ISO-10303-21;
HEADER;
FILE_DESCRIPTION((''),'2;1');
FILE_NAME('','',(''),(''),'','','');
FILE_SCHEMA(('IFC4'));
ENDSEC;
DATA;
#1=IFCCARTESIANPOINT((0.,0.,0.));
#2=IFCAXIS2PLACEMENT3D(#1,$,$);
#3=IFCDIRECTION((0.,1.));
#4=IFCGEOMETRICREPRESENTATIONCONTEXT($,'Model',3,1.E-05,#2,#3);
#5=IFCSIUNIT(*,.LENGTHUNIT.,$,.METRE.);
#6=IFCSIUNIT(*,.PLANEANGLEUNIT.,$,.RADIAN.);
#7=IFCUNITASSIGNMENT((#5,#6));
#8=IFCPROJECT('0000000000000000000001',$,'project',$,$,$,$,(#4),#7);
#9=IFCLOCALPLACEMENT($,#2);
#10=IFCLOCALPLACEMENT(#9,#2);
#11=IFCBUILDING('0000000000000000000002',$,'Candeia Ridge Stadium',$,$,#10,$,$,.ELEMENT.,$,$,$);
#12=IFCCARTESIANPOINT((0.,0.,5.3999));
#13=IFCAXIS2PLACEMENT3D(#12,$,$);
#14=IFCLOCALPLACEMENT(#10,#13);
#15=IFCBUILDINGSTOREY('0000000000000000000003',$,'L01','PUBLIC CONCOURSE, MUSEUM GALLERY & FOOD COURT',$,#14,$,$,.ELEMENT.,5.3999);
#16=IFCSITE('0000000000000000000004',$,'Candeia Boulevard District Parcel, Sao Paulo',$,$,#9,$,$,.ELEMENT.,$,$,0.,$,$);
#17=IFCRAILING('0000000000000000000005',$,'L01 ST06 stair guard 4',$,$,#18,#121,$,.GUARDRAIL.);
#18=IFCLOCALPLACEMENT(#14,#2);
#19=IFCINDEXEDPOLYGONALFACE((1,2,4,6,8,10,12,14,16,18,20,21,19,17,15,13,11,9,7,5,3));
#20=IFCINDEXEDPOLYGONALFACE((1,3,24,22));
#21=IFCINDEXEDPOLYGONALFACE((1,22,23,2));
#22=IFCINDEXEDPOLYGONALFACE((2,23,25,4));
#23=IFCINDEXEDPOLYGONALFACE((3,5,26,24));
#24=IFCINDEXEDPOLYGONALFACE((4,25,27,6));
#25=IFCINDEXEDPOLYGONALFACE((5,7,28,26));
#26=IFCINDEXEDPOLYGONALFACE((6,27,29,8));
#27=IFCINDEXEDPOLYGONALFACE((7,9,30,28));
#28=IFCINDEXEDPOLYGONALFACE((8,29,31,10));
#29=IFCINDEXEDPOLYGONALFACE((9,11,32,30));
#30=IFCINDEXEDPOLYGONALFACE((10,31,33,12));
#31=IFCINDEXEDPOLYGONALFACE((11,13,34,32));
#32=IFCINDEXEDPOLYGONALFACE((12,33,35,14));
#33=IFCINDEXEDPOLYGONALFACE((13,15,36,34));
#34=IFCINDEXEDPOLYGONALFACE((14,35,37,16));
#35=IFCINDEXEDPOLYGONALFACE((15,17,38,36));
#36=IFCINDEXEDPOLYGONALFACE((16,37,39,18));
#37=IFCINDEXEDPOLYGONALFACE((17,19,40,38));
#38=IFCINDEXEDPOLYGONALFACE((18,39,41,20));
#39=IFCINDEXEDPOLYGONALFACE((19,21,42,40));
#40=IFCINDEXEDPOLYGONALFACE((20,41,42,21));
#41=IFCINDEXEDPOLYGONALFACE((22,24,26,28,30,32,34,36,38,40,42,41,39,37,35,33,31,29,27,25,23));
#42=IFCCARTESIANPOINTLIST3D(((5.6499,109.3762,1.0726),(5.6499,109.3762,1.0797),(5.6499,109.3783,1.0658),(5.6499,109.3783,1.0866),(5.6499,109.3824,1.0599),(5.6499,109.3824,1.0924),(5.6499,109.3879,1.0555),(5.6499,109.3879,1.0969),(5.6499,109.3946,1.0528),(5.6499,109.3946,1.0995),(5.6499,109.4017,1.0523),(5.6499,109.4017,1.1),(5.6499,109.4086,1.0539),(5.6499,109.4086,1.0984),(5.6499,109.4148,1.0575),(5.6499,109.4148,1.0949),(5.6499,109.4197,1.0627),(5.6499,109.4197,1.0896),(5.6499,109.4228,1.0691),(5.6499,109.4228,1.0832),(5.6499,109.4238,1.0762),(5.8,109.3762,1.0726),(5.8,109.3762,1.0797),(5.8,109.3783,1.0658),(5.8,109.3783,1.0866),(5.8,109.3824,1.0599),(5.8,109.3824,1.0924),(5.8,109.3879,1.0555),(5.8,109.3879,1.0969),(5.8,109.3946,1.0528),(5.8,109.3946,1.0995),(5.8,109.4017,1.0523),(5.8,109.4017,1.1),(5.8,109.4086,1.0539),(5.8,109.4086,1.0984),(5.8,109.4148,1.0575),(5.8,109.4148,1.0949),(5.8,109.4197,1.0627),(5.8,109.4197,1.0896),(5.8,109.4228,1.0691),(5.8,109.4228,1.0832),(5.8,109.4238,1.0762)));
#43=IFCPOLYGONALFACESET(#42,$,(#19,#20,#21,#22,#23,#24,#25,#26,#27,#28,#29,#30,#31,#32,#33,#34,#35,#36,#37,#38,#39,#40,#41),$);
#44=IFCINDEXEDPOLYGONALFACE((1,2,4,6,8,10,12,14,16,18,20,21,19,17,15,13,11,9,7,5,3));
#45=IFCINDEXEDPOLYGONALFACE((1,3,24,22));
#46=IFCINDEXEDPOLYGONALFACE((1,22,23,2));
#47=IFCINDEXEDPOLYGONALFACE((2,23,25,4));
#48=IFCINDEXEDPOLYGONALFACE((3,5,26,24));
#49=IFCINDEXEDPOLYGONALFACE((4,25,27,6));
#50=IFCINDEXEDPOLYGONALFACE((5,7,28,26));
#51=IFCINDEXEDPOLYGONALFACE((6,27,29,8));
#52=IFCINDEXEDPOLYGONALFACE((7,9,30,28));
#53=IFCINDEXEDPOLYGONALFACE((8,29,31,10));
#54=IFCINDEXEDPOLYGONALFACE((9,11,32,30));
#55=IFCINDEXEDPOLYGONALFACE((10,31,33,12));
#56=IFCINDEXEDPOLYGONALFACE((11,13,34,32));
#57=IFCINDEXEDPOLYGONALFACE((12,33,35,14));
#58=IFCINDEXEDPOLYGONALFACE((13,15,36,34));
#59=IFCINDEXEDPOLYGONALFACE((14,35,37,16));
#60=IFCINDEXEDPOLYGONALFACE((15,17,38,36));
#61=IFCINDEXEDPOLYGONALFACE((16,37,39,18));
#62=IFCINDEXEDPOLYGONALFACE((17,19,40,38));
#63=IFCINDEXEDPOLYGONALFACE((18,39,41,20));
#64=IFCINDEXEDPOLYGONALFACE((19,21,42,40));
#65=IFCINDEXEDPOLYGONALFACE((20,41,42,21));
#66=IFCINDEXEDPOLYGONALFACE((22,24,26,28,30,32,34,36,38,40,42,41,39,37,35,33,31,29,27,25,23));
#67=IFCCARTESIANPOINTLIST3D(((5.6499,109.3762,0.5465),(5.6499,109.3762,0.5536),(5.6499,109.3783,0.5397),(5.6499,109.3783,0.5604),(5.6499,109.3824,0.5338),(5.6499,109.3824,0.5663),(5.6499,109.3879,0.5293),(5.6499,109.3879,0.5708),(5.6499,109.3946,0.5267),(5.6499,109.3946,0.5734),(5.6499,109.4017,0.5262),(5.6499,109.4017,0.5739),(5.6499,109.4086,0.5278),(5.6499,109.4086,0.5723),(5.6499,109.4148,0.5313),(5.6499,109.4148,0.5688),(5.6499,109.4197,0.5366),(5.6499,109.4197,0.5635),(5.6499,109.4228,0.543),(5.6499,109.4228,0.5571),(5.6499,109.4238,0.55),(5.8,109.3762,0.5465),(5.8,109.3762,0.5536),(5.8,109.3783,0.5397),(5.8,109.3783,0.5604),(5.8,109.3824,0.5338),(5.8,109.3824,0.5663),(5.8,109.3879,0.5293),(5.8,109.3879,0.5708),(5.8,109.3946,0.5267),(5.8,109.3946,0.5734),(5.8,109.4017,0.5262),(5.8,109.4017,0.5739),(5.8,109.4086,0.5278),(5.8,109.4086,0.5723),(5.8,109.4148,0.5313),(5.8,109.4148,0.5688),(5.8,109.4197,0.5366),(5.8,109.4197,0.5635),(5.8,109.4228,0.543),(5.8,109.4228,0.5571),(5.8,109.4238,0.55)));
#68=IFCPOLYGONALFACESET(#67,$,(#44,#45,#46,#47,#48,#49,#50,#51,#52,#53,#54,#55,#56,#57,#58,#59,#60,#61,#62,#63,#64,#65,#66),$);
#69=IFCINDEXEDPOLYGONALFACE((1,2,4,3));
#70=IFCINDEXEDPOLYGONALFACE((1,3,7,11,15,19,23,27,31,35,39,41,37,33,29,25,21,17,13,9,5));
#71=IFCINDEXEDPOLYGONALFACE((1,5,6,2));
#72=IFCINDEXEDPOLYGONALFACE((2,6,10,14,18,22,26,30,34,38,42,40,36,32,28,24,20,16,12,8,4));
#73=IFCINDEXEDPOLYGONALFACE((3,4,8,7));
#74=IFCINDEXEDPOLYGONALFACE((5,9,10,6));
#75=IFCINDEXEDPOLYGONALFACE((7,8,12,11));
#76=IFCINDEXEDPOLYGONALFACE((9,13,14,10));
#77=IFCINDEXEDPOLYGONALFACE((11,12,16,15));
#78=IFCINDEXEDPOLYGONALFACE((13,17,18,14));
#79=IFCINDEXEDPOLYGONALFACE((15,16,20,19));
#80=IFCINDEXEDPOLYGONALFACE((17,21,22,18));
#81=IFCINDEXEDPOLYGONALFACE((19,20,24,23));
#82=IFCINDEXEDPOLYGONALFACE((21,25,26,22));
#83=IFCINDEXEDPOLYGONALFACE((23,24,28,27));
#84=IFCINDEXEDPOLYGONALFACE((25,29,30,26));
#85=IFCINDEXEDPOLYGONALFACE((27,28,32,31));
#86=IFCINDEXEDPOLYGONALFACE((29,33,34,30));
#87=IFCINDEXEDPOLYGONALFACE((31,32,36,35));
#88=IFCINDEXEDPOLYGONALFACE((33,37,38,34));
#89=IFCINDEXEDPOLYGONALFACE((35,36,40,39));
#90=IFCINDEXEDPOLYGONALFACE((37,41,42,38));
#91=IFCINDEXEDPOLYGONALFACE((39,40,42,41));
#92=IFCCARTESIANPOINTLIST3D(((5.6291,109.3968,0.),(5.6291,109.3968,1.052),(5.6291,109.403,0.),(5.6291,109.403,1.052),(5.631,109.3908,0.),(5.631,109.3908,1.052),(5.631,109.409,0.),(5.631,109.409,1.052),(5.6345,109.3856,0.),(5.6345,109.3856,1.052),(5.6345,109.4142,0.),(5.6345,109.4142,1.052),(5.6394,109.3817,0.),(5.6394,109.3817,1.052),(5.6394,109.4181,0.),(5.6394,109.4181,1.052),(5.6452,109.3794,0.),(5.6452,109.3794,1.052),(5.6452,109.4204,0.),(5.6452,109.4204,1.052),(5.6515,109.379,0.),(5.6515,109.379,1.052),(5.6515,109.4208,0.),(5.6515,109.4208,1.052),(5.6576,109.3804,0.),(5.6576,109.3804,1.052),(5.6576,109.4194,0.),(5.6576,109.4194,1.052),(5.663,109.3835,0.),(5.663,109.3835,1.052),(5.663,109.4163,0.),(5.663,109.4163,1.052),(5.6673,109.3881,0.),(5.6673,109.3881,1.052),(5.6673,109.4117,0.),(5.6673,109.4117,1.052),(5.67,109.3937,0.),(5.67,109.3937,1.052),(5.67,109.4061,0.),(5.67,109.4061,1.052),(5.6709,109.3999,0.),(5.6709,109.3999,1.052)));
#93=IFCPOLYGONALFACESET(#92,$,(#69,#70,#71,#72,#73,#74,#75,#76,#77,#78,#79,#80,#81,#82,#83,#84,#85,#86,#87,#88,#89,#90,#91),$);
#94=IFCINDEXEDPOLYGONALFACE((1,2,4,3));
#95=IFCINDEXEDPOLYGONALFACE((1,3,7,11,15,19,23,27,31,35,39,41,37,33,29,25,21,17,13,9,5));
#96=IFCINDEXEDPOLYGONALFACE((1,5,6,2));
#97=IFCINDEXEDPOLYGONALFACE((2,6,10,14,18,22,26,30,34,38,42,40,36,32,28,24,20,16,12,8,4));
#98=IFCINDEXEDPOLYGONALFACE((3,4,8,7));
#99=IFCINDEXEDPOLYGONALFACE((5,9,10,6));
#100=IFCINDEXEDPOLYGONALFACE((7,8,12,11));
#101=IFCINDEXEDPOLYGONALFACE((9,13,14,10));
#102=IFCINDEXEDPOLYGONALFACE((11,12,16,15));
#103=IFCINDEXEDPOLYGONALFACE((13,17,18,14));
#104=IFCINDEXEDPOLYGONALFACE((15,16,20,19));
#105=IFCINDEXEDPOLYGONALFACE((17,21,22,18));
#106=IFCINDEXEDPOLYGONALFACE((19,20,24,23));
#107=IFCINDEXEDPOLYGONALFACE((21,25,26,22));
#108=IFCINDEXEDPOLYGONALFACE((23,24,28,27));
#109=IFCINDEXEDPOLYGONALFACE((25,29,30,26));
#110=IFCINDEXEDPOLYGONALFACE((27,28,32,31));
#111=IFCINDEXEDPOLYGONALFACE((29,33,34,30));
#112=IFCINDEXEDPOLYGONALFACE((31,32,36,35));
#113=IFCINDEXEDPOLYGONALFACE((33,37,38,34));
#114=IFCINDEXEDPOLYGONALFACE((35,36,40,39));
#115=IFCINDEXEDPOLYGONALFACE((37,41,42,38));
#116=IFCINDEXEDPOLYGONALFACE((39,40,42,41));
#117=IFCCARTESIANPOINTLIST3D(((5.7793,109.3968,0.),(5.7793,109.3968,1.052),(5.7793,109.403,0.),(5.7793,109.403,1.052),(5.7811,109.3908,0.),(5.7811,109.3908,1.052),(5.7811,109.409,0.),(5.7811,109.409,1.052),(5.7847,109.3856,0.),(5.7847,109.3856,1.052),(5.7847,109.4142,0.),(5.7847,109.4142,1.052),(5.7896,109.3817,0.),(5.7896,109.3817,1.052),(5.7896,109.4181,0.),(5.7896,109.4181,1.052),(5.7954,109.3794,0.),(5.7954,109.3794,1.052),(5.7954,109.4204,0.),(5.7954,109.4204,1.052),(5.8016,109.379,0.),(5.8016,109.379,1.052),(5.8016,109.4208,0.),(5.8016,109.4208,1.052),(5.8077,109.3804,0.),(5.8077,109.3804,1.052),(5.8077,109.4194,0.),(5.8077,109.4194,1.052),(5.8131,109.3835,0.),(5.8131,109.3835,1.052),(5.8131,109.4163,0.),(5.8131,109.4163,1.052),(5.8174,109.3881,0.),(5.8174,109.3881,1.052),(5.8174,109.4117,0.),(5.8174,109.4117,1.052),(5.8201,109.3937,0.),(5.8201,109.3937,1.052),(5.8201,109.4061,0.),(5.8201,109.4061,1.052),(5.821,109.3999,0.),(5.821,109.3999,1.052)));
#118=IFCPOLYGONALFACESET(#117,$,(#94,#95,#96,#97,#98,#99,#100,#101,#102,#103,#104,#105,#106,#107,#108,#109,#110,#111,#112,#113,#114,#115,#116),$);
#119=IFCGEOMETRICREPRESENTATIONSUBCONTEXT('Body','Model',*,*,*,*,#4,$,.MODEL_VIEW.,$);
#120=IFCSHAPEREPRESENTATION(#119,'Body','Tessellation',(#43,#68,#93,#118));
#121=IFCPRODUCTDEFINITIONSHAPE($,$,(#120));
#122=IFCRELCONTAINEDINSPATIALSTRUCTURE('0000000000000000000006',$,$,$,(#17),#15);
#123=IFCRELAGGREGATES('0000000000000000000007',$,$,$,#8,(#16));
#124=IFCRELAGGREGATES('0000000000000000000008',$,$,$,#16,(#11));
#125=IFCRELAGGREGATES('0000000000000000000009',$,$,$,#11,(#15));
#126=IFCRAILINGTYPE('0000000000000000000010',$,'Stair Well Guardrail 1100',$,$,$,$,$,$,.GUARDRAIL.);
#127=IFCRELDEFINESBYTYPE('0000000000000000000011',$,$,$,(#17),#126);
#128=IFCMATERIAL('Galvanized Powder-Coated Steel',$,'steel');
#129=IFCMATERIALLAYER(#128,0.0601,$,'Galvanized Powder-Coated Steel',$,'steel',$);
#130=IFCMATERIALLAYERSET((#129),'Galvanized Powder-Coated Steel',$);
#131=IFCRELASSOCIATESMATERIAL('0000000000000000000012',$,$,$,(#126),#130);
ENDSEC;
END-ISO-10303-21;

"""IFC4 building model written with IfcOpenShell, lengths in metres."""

from ifc_helpers import new_model, si_unit, direction, frame, origin, origin_2d, place, context, subcontext, project, spatial, circle, extrude, material, layer, layer_set, type_object, element, save


model = new_model("IFC4")

# Units and contexts
model_context = context("Model", 3, precision=1e-05, world=origin(), true_north=direction((0.0, 1.0)))
body_context = subcontext(model_context, "Body", "Model", "MODEL_VIEW")
ifc_project = project(units=[si_unit("LENGTHUNIT", "METRE"), si_unit("PLANEANGLEUNIT", "RADIAN")], contexts=[model_context])

# Site, building, storey
site_placement = place(None, origin())
site = spatial("IfcSite", under=ifc_project, at=site_placement, Name="Candeia Boulevard District Parcel, Sao Paulo", CompositionType="ELEMENT", RefElevation=0.0)
building_placement = place(site_placement, origin())
building = spatial("IfcBuilding", under=site, at=building_placement, Name="Candeia Ridge Stadium", CompositionType="ELEMENT")
storey_placement = place(building_placement, frame((0.0, 0.0, 5.3999)))
storey = spatial("IfcBuildingStorey", under=building, at=storey_placement, Name="L01", Description="PUBLIC CONCOURSE, MUSEUM GALLERY & FOOD COURT", CompositionType="ELEMENT", Elevation=5.3999)

# Railing
ifc_material_1 = material(Name="Galvanized Powder-Coated Steel", Category="steel")
ifc_layer_1 = layer(ifc_material_1, 0.0601, Name="Galvanized Powder-Coated Steel", Category="steel")
ifc_layer_set_1 = layer_set([ifc_layer_1], Name="Galvanized Powder-Coated Steel")
railing_type_1 = type_object("IfcRailingType", Name="Stair Well Guardrail 1100", PredefinedType="GUARDRAIL", material=ifc_layer_set_1)
railing_1_placement = place(storey_placement, frame((5.6499, 109.3999, 0.0)))
element("IfcRailing", 1, at=railing_1_placement, inside=storey, type_object=railing_type_1, Name="L01 ST06 stair guard 4", PredefinedType="GUARDRAIL", context=body_context, shape_type="SweptSolid", body=[
    extrude(circle(Radius=0.0239, at=origin_2d()), frame((0.0, 0.0, 1.0762), z_axis=(1.0, 0.0, 0.0), x_axis=(0.0, 1.0, 0.0)), (0.0, 0.0, 1.0), 0.1501),
    extrude(circle(Radius=0.0239, at=origin_2d()), frame((0.0, 0.0, 0.55), z_axis=(1.0, 0.0, 0.0), x_axis=(0.0, 1.0, 0.0)), (0.0, 0.0, 1.0), 0.1501),
    extrude(circle(Radius=0.021, at=origin_2d()), origin(), (0.0, 0.0, 1.0), 1.052),
    extrude(circle(Radius=0.021, at=origin_2d()), frame((0.1501, 0.0, 0.0)), (0.0, 0.0, 1.0), 1.052),
])

save(model, "model.ifc")
